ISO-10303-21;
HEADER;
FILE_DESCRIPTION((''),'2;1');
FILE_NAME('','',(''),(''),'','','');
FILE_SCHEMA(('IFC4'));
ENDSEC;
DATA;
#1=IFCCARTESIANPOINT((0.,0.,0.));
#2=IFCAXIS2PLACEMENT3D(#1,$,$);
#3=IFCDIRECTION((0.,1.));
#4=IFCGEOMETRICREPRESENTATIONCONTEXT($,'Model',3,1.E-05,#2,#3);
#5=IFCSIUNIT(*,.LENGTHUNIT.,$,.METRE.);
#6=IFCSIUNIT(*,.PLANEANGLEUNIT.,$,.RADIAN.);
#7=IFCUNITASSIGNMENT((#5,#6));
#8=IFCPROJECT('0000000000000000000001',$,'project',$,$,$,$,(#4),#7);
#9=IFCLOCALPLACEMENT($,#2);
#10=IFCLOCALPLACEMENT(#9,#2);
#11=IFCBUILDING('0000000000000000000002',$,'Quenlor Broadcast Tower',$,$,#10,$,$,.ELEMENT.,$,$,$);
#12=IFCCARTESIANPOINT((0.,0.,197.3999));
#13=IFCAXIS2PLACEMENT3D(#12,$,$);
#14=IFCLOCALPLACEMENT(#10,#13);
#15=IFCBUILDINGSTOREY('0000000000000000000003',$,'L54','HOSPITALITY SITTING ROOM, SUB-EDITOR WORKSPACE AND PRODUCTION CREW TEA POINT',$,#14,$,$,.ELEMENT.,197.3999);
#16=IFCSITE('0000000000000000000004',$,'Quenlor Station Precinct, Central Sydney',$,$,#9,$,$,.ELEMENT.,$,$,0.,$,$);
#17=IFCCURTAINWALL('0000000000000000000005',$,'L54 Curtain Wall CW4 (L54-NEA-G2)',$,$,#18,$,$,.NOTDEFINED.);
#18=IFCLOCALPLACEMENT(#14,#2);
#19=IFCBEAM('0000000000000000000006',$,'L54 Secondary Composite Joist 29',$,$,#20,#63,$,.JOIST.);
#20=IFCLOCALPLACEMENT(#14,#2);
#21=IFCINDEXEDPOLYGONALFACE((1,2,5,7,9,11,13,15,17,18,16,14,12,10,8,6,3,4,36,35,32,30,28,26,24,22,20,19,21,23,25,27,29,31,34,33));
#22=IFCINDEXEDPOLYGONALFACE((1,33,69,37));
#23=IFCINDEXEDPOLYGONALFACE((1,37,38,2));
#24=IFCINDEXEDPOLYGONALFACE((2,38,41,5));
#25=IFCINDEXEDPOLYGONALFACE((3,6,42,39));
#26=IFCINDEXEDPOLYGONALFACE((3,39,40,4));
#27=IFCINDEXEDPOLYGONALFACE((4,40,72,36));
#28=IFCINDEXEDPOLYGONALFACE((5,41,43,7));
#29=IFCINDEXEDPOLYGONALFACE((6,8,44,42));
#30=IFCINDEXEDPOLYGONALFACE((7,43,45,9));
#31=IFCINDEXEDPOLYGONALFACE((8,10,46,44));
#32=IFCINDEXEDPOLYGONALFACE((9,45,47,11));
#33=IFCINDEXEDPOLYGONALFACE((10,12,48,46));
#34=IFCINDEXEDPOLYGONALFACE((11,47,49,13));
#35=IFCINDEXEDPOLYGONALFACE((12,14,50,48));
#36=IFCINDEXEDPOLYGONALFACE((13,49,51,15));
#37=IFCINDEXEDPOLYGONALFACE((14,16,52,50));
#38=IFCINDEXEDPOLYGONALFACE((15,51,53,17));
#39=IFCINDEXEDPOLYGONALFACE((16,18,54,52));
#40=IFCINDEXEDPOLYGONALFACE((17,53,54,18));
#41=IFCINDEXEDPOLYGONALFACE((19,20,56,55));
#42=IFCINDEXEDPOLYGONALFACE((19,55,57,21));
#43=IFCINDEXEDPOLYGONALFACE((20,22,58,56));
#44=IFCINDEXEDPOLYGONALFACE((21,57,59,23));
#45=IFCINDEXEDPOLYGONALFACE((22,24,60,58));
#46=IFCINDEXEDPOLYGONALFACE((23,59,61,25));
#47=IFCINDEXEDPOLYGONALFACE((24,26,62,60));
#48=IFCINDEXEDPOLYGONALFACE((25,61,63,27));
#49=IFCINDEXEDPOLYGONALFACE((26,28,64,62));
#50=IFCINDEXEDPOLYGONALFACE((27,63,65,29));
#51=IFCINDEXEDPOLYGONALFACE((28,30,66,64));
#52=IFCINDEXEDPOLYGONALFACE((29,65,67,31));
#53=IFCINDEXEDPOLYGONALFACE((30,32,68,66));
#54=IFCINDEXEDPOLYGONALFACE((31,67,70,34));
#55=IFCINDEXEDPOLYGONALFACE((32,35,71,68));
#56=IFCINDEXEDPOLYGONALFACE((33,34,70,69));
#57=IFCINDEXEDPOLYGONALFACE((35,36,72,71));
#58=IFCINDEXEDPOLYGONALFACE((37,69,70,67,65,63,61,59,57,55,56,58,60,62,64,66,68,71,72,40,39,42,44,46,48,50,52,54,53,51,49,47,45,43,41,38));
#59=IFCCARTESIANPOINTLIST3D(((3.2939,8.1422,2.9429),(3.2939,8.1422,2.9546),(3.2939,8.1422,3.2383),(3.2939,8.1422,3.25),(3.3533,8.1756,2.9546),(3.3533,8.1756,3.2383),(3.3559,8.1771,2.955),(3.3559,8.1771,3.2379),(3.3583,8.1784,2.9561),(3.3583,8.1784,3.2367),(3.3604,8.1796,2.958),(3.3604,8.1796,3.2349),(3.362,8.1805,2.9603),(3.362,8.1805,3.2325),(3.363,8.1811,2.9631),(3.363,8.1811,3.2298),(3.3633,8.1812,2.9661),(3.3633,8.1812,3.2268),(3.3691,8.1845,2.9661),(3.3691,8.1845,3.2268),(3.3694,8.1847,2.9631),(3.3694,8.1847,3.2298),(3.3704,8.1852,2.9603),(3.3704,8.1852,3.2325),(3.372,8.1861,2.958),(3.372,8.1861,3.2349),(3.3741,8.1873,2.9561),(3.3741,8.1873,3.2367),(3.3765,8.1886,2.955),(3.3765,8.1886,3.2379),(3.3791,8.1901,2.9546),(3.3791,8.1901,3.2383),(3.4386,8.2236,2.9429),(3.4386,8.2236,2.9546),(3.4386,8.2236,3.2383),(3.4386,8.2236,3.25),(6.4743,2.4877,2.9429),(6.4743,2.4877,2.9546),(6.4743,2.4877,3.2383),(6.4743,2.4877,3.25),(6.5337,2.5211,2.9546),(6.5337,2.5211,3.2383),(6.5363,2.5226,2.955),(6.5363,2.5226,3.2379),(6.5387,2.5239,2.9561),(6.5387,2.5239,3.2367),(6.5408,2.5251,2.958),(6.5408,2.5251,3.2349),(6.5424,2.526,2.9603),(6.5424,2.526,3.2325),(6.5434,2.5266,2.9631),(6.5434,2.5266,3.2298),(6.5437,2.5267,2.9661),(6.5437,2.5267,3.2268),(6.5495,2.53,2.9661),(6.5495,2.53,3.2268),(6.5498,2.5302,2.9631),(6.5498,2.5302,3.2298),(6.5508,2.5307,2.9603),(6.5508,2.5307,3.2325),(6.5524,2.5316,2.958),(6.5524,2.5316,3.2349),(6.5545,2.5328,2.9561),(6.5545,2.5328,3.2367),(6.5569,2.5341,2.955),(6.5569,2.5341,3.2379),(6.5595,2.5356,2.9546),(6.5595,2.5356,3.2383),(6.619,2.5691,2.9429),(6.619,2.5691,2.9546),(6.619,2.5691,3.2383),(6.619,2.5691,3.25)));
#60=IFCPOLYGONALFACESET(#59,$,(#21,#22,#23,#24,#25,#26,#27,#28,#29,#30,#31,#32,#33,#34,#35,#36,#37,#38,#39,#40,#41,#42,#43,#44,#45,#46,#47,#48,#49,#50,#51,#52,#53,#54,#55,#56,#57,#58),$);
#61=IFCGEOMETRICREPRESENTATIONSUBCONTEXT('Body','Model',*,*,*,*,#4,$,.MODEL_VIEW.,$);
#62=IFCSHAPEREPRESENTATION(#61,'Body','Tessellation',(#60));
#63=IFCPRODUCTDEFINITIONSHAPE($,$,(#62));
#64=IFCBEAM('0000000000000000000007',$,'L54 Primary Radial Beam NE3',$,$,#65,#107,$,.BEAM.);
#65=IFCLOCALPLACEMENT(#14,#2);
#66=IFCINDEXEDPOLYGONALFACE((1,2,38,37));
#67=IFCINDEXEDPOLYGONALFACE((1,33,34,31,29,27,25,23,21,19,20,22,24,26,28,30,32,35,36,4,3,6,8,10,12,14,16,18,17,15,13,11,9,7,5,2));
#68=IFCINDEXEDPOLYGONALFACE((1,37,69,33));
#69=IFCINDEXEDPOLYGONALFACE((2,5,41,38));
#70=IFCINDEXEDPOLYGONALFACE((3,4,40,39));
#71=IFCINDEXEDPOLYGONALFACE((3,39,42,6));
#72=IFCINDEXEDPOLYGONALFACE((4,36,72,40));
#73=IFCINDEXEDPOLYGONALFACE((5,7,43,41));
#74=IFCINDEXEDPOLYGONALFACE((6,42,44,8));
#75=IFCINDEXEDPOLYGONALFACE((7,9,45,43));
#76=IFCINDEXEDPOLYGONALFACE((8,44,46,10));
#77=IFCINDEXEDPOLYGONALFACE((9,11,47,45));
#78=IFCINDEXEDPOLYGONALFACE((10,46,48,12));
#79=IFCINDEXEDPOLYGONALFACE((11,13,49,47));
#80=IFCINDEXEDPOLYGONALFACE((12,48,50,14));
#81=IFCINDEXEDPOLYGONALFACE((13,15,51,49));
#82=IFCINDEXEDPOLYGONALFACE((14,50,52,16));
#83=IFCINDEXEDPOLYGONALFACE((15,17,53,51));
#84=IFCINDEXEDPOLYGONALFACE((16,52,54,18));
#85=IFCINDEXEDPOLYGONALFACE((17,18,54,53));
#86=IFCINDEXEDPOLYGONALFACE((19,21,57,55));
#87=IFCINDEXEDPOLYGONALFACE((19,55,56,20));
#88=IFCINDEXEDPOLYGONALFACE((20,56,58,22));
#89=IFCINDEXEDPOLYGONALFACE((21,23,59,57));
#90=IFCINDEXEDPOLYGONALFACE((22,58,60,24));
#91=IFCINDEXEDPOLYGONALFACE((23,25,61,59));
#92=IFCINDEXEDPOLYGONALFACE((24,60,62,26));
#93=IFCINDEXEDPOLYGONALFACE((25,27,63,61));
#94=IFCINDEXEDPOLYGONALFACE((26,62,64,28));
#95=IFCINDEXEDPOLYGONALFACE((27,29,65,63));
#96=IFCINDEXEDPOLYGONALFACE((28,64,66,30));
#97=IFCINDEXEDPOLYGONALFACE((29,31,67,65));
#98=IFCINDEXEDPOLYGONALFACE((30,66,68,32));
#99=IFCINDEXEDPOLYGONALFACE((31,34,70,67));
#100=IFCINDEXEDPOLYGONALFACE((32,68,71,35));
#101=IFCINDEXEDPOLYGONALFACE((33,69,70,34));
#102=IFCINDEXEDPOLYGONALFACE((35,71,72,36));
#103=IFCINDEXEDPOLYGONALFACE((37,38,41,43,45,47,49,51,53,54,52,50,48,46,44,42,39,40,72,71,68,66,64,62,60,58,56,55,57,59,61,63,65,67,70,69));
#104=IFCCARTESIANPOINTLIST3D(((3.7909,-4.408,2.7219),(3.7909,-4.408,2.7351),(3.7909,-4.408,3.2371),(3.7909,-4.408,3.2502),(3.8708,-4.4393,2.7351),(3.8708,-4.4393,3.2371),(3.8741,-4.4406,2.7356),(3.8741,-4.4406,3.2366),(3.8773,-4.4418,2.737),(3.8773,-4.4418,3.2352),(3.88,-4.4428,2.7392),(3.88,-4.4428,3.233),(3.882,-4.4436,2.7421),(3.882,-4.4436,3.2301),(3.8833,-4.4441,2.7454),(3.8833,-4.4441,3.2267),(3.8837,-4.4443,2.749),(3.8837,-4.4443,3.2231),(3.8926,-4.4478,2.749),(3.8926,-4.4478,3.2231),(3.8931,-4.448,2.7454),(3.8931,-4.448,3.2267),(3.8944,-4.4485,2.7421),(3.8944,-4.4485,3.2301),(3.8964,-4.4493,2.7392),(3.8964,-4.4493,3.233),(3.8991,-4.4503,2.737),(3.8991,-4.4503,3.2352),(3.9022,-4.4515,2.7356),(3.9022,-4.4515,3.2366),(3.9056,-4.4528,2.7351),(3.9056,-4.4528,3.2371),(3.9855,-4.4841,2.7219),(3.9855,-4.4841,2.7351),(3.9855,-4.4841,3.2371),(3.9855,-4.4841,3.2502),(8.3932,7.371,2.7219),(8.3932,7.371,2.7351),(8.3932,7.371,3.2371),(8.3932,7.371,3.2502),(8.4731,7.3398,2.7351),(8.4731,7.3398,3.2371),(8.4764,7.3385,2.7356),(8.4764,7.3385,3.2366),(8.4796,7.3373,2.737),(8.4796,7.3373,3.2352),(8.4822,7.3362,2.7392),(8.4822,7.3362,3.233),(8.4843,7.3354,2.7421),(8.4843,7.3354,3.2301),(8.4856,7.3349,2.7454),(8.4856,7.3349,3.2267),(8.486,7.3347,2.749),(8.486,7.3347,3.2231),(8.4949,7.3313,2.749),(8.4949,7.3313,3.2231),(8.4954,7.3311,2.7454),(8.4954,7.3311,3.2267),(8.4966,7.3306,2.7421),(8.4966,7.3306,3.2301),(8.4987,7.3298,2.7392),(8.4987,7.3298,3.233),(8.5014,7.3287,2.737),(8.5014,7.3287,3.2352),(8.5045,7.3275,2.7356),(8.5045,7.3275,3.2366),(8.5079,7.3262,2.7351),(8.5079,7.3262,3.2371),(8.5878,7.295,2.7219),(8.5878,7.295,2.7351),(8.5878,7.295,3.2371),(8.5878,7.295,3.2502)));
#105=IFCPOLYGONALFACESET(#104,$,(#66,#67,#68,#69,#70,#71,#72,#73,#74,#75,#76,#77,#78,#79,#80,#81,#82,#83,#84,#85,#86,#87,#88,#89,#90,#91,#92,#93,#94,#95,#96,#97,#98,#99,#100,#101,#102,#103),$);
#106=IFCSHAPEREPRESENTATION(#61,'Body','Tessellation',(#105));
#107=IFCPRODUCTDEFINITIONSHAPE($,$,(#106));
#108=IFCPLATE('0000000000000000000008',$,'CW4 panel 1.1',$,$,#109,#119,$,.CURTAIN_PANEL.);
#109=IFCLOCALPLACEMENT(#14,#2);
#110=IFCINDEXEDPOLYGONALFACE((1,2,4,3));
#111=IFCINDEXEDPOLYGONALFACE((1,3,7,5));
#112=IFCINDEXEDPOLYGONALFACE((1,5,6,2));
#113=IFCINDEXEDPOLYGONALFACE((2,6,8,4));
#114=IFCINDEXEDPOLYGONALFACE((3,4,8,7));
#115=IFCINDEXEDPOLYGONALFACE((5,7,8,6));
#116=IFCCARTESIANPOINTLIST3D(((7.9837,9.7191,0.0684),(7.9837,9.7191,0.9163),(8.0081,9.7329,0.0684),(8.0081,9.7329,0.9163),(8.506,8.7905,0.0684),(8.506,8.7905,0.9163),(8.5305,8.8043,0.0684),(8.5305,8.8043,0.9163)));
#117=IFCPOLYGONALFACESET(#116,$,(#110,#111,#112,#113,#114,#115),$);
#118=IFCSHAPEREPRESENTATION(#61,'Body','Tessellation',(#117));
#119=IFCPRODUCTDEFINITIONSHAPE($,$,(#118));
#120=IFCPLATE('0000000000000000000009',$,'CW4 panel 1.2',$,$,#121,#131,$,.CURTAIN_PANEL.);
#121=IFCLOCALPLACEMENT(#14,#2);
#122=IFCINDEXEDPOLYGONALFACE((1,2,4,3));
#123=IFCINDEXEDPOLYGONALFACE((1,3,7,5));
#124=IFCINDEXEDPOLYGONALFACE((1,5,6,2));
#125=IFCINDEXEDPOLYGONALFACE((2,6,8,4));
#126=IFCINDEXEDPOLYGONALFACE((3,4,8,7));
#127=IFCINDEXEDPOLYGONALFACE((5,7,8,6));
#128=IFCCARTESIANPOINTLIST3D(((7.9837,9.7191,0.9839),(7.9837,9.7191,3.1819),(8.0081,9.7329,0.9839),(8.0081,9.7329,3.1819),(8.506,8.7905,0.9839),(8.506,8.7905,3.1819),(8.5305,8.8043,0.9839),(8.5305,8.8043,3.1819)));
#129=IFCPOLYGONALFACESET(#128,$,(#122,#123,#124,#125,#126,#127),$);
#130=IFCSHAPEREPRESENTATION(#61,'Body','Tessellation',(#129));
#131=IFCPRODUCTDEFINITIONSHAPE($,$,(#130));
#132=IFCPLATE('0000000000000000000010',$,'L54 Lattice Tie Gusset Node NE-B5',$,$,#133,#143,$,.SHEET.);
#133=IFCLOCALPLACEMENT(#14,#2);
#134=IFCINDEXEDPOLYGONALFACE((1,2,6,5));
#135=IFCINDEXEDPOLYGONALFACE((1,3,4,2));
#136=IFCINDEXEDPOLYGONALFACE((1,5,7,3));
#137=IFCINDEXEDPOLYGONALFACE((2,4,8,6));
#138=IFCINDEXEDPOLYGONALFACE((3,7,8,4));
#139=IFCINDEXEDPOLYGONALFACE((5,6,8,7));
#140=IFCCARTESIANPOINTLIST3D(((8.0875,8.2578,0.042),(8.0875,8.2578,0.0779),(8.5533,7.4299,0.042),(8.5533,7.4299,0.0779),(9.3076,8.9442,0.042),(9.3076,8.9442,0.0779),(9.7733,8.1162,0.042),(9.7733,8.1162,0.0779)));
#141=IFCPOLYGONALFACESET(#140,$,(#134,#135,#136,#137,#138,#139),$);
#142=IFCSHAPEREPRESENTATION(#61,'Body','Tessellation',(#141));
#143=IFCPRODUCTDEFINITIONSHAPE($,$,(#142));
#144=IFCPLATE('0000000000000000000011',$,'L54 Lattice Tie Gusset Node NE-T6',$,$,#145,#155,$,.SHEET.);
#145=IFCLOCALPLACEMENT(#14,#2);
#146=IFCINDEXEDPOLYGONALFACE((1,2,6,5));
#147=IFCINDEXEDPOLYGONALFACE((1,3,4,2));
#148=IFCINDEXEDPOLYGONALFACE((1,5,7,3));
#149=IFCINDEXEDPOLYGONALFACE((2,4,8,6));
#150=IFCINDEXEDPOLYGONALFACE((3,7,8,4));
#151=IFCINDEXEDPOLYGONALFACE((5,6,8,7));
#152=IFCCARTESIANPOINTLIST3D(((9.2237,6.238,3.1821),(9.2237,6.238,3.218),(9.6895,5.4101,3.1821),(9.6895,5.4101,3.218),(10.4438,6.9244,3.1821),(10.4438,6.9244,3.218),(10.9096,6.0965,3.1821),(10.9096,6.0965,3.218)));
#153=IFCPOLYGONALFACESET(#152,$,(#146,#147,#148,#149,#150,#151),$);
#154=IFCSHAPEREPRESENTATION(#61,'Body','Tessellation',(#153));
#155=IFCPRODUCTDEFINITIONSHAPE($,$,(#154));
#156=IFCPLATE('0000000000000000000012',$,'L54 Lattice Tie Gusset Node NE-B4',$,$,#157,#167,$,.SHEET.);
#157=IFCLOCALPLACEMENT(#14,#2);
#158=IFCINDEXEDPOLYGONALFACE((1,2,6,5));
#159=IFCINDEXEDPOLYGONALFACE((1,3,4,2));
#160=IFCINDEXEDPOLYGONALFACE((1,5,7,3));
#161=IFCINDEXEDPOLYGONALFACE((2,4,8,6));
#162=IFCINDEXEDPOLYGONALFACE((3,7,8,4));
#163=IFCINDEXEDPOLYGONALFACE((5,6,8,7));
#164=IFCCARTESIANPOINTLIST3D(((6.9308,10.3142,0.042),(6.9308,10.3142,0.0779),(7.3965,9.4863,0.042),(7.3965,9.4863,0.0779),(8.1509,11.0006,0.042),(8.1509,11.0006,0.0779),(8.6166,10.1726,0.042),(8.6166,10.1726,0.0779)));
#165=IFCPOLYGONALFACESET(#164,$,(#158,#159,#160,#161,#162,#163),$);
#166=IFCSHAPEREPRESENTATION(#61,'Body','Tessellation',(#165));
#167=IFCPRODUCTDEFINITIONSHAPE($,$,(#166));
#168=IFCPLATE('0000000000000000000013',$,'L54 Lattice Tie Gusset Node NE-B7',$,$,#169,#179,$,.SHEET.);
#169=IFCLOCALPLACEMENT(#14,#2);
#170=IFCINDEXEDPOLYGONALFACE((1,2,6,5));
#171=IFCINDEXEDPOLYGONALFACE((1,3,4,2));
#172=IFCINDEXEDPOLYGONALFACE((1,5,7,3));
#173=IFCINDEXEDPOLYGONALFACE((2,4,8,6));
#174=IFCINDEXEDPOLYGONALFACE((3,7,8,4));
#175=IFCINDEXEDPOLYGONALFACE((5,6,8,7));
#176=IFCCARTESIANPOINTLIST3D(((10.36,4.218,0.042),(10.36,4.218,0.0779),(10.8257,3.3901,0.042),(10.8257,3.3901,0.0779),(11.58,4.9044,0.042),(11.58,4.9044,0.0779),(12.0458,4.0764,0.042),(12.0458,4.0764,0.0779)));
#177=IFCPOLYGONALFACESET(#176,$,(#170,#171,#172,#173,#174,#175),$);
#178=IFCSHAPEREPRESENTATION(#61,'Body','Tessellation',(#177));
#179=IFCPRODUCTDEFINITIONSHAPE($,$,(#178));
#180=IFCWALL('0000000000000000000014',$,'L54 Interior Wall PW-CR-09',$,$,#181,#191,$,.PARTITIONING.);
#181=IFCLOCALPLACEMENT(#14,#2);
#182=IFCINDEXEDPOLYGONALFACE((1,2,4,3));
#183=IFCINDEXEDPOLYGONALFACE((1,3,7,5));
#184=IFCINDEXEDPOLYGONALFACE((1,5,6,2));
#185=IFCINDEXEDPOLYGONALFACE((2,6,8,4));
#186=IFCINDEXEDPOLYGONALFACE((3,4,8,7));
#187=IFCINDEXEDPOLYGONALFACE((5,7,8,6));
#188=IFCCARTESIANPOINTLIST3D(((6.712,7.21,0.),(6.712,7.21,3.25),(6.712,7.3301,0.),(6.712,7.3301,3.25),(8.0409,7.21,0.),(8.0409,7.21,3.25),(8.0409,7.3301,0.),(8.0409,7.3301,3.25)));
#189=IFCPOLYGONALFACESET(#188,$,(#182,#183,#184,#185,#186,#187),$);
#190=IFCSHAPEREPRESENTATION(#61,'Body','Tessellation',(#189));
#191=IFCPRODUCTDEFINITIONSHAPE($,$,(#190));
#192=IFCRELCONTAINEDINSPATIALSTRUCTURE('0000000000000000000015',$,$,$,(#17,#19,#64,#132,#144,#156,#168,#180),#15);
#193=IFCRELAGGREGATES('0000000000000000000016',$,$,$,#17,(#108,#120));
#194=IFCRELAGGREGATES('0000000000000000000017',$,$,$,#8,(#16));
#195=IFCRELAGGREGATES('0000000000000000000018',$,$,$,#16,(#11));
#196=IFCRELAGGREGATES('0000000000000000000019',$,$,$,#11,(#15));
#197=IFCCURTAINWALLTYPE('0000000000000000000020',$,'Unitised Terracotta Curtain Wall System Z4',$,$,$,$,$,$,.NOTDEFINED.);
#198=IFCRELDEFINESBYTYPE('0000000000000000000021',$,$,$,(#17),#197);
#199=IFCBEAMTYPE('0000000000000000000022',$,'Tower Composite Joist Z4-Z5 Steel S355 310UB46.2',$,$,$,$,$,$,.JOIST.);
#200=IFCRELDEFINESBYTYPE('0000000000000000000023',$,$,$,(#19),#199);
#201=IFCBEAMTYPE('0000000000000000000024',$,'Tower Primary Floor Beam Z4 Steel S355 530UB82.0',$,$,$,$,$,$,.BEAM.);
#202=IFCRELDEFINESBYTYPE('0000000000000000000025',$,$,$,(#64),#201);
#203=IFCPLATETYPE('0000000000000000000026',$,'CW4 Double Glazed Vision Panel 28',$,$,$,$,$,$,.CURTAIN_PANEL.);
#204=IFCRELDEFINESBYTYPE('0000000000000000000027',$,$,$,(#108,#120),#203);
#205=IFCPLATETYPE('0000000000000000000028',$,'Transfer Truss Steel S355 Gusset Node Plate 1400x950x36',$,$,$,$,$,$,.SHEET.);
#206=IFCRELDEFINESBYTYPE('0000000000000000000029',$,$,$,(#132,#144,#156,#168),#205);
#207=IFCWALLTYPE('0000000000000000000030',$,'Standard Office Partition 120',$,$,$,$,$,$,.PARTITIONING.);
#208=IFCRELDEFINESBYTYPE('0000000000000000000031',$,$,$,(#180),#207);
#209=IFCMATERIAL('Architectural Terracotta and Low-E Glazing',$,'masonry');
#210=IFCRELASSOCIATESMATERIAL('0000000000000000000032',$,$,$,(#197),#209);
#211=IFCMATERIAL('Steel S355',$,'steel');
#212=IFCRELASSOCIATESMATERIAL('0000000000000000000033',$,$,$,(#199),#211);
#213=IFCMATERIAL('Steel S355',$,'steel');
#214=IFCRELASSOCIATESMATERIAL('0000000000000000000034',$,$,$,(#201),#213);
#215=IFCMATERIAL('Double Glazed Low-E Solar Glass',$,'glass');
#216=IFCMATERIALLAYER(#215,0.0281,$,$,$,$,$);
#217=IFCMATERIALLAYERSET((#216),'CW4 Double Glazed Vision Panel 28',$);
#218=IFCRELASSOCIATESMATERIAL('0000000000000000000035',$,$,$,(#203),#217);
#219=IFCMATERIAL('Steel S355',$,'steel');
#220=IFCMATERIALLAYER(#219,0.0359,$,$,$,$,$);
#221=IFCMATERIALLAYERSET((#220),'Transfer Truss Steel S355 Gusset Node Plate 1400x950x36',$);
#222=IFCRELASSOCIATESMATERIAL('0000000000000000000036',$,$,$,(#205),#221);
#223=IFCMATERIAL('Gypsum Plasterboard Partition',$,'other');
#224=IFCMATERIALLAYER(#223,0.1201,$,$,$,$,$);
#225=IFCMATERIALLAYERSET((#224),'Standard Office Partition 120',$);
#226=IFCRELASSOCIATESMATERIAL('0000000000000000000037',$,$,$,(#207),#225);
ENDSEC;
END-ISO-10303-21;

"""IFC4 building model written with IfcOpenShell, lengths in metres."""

from ifc_helpers import new_model, si_unit, direction, frame, frame_2d, origin, origin_2d, place, context, subcontext, project, spatial, rectangle, i_section, extrude, material, layer, layer_set, material_profile, profile_set, type_object, element, aggregate, save


model = new_model("IFC4")

# Units and contexts
model_context = context("Model", 3, precision=1e-05, world=origin(), true_north=direction((0.0, 1.0)))
body_context = subcontext(model_context, "Body", "Model", "MODEL_VIEW")
ifc_project = project(units=[si_unit("LENGTHUNIT", "METRE"), si_unit("PLANEANGLEUNIT", "RADIAN")], contexts=[model_context])

# Site, building, storey
site_placement = place(None, origin())
site = spatial("IfcSite", under=ifc_project, at=site_placement, Name="Quenlor Station Precinct, Central Sydney", CompositionType="ELEMENT", RefElevation=0.0)
building_placement = place(site_placement, origin())
building = spatial("IfcBuilding", under=site, at=building_placement, Name="Quenlor Broadcast Tower", CompositionType="ELEMENT")
storey_placement = place(building_placement, frame((0.0, 0.0, 197.3999)))
storey = spatial("IfcBuildingStorey", under=building, at=storey_placement, Name="L54", Description="HOSPITALITY SITTING ROOM, SUB-EDITOR WORKSPACE AND PRODUCTION CREW TEA POINT", CompositionType="ELEMENT", Elevation=197.3999)

# Curtain wall
ifc_material_1 = material(Name="Architectural Terracotta and Low-E Glazing", Category="masonry")
curtain_wall_type = type_object("IfcCurtainWallType", Name="Unitised Terracotta Curtain Wall System Z4", PredefinedType="NOTDEFINED", material=ifc_material_1)
curtain_wall_placement = place(storey_placement, origin())
curtain_wall = element("IfcCurtainWall", 1, at=curtain_wall_placement, inside=storey, type_object=curtain_wall_type, Name="L54 Curtain Wall CW4 (L54-NEA-G2)", PredefinedType="NOTDEFINED")

# Beams
ifc_material_2 = material(Name="Steel S355", Category="steel")
ifc_material_profile_1 = material_profile(ifc_material_2, i_section(OverallWidth=0.166, OverallDepth=0.3071, WebThickness=0.0066, FlangeThickness=0.0117, FilletRadius=0.0115, at=origin_2d()))
ifc_profile_set_1 = profile_set([ifc_material_profile_1], Name="Steel S355 310UB46.2")
beam_type_1 = type_object("IfcBeamType", Name="Tower Composite Joist Z4-Z5 Steel S355 310UB46.2", PredefinedType="JOIST", material=ifc_profile_set_1)
beam_1_placement = place(storey_placement, frame((3.3662, 8.1829, 3.0964), z_axis=(0.490231, -0.871593, 0.0), x_axis=(0.871593, 0.490231, 0.0)))
element("IfcBeam", 2, at=beam_1_placement, inside=storey, type_object=beam_type_1, Name="L54 Secondary Composite Joist 29", PredefinedType="JOIST", context=body_context, shape_type="SweptSolid", body=[
    extrude(i_section(OverallWidth=0.166, OverallDepth=0.3071, WebThickness=0.0066, FlangeThickness=0.0117, FilletRadius=0.0115, at=origin_2d()), origin(), (0.0, 0.0, 1.0), 6.4875),
])
ifc_material_3 = material(Name="Steel S355", Category="steel")
ifc_material_profile_2 = material_profile(ifc_material_3, i_section(OverallWidth=0.209, OverallDepth=0.5283, WebThickness=0.0095, FlangeThickness=0.0132, FilletRadius=0.0139, at=origin_2d()))
ifc_profile_set_2 = profile_set([ifc_material_profile_2], Name="Steel S355 530UB82.0")
beam_type_2 = type_object("IfcBeamType", Name="Tower Primary Floor Beam Z4 Steel S355 530UB82.0", PredefinedType="BEAM", material=ifc_profile_set_2)
beam_2_placement = place(storey_placement, frame((8.4905, 7.333, 2.9861), z_axis=(-0.363926, -0.931428, 0.0), x_axis=(0.931428, -0.363926, 0.0)))
element("IfcBeam", 3, at=beam_2_placement, inside=storey, type_object=beam_type_2, Name="L54 Primary Radial Beam NE3", PredefinedType="BEAM", context=body_context, shape_type="SweptSolid", body=[
    extrude(i_section(OverallWidth=0.209, OverallDepth=0.5283, WebThickness=0.0095, FlangeThickness=0.0132, FilletRadius=0.0139, at=origin_2d()), origin(), (0.0, 0.0, 1.0), 12.6462),
])

# Plates
ifc_material_4 = material(Name="Double Glazed Low-E Solar Glass", Category="glass")
ifc_layer_1 = layer(ifc_material_4, 0.0281)
ifc_layer_set_1 = layer_set([ifc_layer_1], Name="CW4 Double Glazed Vision Panel 28")
plate_type_1 = type_object("IfcPlateType", Name="CW4 Double Glazed Vision Panel 28", PredefinedType="CURTAIN_PANEL", material=ifc_layer_set_1)
plate_1_placement = place(storey_placement, frame((8.2571, 9.2617, 0.0684), z_axis=(0.0, 0.0, 1.0), x_axis=(0.490293, -0.871558, 0.0)))
plate_1 = element("IfcPlate", 4, at=plate_1_placement, type_object=plate_type_1, Name="CW4 panel 1.1", PredefinedType="CURTAIN_PANEL", context=body_context, shape_type="SweptSolid", body=[
    extrude(rectangle(XDim=1.0654, YDim=0.0281, at=origin_2d()), origin(), (0.0, 0.0, 1.0), 0.8479),
])
plate_2_placement = place(storey_placement, frame((8.2571, 9.2617, 0.9839), z_axis=(0.0, 0.0, 1.0), x_axis=(0.490293, -0.871558, 0.0)))
plate_2 = element("IfcPlate", 5, at=plate_2_placement, type_object=plate_type_1, Name="CW4 panel 1.2", PredefinedType="CURTAIN_PANEL", context=body_context, shape_type="SweptSolid", body=[
    extrude(rectangle(XDim=1.0654, YDim=0.0281, at=origin_2d()), origin(), (0.0, 0.0, 1.0), 2.198),
])
aggregate(curtain_wall, [plate_1, plate_2])

# Plates
ifc_material_5 = material(Name="Steel S355", Category="steel")
ifc_layer_2 = layer(ifc_material_5, 0.0359)
ifc_layer_set_2 = layer_set([ifc_layer_2], Name="Transfer Truss Steel S355 Gusset Node Plate 1400x950x36")
plate_type_2 = type_object("IfcPlateType", Name="Transfer Truss Steel S355 Gusset Node Plate 1400x950x36", PredefinedType="SHEET", material=ifc_layer_set_2)
for number, where, z_axis, x_axis, name in (
    (6, (8.9304, 8.187, 0.042), (0.0, 0.0, 1.0), (0.871556, 0.490295, 0.0), "L54 Lattice Tie Gusset Node NE-B5"),
    (7, (10.0667, 6.1672, 3.1821), (0.0, 0.0, 1.0), (0.871556, 0.490295, 0.0), "L54 Lattice Tie Gusset Node NE-T6"),
    (8, (7.7737, 10.2434, 0.042), (0.0, 0.0, 1.0), (0.871556, 0.490295, 0.0), "L54 Lattice Tie Gusset Node NE-B4"),
    (9, (11.2029, 4.1472, 0.042), (0.0, 0.0, 1.0), (0.871556, 0.490295, 0.0), "L54 Lattice Tie Gusset Node NE-B7"),
):
    element("IfcPlate", number, at=place(storey_placement, frame(where, z_axis=z_axis, x_axis=x_axis)), inside=storey, type_object=plate_type_2, Name=name, PredefinedType="SHEET", context=body_context, shape_type="SweptSolid", body=[
        extrude(rectangle(XDim=1.3999, YDim=0.95, at=origin_2d()), origin(), (0.0, 0.0, 1.0), 0.0359),
    ])

# Wall
ifc_material_6 = material(Name="Gypsum Plasterboard Partition", Category="other")
ifc_layer_3 = layer(ifc_material_6, 0.1201)
ifc_layer_set_3 = layer_set([ifc_layer_3], Name="Standard Office Partition 120")
wall_type_1 = type_object("IfcWallType", Name="Standard Office Partition 120", PredefinedType="PARTITIONING", material=ifc_layer_set_3)
wall_1_placement = place(storey_placement, frame((6.7119, 7.27, 0.0), z_axis=(0.0, 0.0, 1.0), x_axis=(1.0, 0.0, 0.0)))
element("IfcWall", 10, at=wall_1_placement, inside=storey, type_object=wall_type_1, Name="L54 Interior Wall PW-CR-09", PredefinedType="PARTITIONING", context=body_context, shape_type="SweptSolid", body=[
    extrude(rectangle(XDim=1.3289, YDim=0.1201, at=frame_2d((0.6646, 0.0))), origin(), (0.0, 0.0, 1.0), 3.25),
])

save(model, "model.ifc")
